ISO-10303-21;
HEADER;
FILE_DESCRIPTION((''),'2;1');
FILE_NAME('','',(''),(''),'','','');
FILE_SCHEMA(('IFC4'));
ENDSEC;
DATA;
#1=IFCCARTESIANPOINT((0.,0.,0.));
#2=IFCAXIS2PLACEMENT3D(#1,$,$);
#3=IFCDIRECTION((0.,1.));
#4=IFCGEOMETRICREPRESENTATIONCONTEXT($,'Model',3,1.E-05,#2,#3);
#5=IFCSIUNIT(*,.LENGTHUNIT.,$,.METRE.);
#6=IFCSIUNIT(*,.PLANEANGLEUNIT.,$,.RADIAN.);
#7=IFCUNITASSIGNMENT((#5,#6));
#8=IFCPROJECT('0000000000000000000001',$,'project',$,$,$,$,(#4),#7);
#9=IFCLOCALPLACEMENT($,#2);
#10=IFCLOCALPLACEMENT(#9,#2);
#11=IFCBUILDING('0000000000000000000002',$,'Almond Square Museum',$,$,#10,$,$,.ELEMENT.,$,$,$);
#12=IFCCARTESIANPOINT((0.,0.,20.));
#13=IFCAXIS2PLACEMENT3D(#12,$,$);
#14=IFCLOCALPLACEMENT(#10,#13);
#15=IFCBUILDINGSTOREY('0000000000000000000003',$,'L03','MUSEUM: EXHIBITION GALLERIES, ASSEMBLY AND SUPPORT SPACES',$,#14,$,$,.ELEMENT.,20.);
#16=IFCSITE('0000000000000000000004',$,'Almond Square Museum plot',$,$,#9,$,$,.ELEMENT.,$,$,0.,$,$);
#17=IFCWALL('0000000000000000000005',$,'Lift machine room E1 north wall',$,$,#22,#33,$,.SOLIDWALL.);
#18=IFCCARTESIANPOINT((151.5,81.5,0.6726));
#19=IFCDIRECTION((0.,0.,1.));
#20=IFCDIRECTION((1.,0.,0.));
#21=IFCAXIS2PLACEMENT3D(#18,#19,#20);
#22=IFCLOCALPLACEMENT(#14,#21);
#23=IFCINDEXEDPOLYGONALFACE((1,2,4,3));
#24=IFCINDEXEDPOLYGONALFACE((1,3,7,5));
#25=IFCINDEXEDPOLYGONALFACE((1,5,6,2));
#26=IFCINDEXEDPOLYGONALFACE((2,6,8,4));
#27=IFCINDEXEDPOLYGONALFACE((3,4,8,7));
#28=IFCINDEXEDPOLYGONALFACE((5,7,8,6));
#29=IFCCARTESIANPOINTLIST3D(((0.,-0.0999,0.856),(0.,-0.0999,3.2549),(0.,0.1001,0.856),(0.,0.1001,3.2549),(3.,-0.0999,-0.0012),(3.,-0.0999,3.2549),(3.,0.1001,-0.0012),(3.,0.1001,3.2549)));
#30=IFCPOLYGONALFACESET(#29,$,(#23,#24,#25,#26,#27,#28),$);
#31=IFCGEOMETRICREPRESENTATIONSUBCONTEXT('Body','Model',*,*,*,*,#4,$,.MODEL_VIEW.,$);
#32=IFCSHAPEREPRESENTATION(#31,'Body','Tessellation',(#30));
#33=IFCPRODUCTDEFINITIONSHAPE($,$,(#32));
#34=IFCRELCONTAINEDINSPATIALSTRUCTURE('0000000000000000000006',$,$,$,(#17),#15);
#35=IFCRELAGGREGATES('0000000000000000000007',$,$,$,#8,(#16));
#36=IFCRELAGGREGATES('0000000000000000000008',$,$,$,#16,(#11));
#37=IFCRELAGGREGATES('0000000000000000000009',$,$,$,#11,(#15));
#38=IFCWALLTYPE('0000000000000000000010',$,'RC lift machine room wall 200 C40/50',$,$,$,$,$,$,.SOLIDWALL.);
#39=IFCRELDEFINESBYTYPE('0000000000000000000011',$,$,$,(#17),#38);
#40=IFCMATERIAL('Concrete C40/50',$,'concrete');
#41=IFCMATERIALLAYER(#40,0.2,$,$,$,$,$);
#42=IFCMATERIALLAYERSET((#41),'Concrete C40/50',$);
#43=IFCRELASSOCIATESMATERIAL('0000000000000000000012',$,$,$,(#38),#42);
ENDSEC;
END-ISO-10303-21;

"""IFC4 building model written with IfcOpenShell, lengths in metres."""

from ifc_helpers import new_model, si_unit, direction, frame, origin, place, context, subcontext, project, spatial, polyline, outline, extrude, material, layer, layer_set, type_object, element, save


model = new_model("IFC4")

# Units and contexts
model_context = context("Model", 3, precision=1e-05, world=origin(), true_north=direction((0.0, 1.0)))
body_context = subcontext(model_context, "Body", "Model", "MODEL_VIEW")
ifc_project = project(units=[si_unit("LENGTHUNIT", "METRE"), si_unit("PLANEANGLEUNIT", "RADIAN")], contexts=[model_context])

# Site, building, storey
site_placement = place(None, origin())
site = spatial("IfcSite", under=ifc_project, at=site_placement, Name="Almond Square Museum plot", CompositionType="ELEMENT", RefElevation=0.0)
building_placement = place(site_placement, origin())
building = spatial("IfcBuilding", under=site, at=building_placement, Name="Almond Square Museum", CompositionType="ELEMENT")
storey_placement = place(building_placement, frame((0.0, 0.0, 20.0)))
storey = spatial("IfcBuildingStorey", under=building, at=storey_placement, Name="L03", Description="MUSEUM: EXHIBITION GALLERIES, ASSEMBLY AND SUPPORT SPACES", CompositionType="ELEMENT", Elevation=20.0)

# Wall
ifc_material_1 = material(Name="Concrete C40/50", Category="concrete")
ifc_layer_1 = layer(ifc_material_1, 0.2)
ifc_layer_set_1 = layer_set([ifc_layer_1], Name="Concrete C40/50")
wall_type_1 = type_object("IfcWallType", Name="RC lift machine room wall 200 C40/50", PredefinedType="SOLIDWALL", material=ifc_layer_set_1)
wall_1_placement = place(storey_placement, frame((151.5, 81.5, 0.6726), z_axis=(0.0, 0.0, 1.0), x_axis=(1.0, 0.0, 0.0)))
element("IfcWall", 1, at=wall_1_placement, inside=storey, type_object=wall_type_1, Name="Lift machine room E1 north wall", PredefinedType="SOLIDWALL", context=body_context, shape_type="SweptSolid", body=[
    extrude(outline(polyline([(0.0, 0.856), (3.0, -0.0012), (3.0, 3.2549), (0.0, 3.2549), (0.0, 0.856)])), frame((0.0, 0.1001, 0.0), z_axis=(0.0, -1.0, 0.0), x_axis=(1.0, 0.0, 0.0)), (0.0, 0.0, 1.0), 0.2),
])

save(model, "model.ifc")
